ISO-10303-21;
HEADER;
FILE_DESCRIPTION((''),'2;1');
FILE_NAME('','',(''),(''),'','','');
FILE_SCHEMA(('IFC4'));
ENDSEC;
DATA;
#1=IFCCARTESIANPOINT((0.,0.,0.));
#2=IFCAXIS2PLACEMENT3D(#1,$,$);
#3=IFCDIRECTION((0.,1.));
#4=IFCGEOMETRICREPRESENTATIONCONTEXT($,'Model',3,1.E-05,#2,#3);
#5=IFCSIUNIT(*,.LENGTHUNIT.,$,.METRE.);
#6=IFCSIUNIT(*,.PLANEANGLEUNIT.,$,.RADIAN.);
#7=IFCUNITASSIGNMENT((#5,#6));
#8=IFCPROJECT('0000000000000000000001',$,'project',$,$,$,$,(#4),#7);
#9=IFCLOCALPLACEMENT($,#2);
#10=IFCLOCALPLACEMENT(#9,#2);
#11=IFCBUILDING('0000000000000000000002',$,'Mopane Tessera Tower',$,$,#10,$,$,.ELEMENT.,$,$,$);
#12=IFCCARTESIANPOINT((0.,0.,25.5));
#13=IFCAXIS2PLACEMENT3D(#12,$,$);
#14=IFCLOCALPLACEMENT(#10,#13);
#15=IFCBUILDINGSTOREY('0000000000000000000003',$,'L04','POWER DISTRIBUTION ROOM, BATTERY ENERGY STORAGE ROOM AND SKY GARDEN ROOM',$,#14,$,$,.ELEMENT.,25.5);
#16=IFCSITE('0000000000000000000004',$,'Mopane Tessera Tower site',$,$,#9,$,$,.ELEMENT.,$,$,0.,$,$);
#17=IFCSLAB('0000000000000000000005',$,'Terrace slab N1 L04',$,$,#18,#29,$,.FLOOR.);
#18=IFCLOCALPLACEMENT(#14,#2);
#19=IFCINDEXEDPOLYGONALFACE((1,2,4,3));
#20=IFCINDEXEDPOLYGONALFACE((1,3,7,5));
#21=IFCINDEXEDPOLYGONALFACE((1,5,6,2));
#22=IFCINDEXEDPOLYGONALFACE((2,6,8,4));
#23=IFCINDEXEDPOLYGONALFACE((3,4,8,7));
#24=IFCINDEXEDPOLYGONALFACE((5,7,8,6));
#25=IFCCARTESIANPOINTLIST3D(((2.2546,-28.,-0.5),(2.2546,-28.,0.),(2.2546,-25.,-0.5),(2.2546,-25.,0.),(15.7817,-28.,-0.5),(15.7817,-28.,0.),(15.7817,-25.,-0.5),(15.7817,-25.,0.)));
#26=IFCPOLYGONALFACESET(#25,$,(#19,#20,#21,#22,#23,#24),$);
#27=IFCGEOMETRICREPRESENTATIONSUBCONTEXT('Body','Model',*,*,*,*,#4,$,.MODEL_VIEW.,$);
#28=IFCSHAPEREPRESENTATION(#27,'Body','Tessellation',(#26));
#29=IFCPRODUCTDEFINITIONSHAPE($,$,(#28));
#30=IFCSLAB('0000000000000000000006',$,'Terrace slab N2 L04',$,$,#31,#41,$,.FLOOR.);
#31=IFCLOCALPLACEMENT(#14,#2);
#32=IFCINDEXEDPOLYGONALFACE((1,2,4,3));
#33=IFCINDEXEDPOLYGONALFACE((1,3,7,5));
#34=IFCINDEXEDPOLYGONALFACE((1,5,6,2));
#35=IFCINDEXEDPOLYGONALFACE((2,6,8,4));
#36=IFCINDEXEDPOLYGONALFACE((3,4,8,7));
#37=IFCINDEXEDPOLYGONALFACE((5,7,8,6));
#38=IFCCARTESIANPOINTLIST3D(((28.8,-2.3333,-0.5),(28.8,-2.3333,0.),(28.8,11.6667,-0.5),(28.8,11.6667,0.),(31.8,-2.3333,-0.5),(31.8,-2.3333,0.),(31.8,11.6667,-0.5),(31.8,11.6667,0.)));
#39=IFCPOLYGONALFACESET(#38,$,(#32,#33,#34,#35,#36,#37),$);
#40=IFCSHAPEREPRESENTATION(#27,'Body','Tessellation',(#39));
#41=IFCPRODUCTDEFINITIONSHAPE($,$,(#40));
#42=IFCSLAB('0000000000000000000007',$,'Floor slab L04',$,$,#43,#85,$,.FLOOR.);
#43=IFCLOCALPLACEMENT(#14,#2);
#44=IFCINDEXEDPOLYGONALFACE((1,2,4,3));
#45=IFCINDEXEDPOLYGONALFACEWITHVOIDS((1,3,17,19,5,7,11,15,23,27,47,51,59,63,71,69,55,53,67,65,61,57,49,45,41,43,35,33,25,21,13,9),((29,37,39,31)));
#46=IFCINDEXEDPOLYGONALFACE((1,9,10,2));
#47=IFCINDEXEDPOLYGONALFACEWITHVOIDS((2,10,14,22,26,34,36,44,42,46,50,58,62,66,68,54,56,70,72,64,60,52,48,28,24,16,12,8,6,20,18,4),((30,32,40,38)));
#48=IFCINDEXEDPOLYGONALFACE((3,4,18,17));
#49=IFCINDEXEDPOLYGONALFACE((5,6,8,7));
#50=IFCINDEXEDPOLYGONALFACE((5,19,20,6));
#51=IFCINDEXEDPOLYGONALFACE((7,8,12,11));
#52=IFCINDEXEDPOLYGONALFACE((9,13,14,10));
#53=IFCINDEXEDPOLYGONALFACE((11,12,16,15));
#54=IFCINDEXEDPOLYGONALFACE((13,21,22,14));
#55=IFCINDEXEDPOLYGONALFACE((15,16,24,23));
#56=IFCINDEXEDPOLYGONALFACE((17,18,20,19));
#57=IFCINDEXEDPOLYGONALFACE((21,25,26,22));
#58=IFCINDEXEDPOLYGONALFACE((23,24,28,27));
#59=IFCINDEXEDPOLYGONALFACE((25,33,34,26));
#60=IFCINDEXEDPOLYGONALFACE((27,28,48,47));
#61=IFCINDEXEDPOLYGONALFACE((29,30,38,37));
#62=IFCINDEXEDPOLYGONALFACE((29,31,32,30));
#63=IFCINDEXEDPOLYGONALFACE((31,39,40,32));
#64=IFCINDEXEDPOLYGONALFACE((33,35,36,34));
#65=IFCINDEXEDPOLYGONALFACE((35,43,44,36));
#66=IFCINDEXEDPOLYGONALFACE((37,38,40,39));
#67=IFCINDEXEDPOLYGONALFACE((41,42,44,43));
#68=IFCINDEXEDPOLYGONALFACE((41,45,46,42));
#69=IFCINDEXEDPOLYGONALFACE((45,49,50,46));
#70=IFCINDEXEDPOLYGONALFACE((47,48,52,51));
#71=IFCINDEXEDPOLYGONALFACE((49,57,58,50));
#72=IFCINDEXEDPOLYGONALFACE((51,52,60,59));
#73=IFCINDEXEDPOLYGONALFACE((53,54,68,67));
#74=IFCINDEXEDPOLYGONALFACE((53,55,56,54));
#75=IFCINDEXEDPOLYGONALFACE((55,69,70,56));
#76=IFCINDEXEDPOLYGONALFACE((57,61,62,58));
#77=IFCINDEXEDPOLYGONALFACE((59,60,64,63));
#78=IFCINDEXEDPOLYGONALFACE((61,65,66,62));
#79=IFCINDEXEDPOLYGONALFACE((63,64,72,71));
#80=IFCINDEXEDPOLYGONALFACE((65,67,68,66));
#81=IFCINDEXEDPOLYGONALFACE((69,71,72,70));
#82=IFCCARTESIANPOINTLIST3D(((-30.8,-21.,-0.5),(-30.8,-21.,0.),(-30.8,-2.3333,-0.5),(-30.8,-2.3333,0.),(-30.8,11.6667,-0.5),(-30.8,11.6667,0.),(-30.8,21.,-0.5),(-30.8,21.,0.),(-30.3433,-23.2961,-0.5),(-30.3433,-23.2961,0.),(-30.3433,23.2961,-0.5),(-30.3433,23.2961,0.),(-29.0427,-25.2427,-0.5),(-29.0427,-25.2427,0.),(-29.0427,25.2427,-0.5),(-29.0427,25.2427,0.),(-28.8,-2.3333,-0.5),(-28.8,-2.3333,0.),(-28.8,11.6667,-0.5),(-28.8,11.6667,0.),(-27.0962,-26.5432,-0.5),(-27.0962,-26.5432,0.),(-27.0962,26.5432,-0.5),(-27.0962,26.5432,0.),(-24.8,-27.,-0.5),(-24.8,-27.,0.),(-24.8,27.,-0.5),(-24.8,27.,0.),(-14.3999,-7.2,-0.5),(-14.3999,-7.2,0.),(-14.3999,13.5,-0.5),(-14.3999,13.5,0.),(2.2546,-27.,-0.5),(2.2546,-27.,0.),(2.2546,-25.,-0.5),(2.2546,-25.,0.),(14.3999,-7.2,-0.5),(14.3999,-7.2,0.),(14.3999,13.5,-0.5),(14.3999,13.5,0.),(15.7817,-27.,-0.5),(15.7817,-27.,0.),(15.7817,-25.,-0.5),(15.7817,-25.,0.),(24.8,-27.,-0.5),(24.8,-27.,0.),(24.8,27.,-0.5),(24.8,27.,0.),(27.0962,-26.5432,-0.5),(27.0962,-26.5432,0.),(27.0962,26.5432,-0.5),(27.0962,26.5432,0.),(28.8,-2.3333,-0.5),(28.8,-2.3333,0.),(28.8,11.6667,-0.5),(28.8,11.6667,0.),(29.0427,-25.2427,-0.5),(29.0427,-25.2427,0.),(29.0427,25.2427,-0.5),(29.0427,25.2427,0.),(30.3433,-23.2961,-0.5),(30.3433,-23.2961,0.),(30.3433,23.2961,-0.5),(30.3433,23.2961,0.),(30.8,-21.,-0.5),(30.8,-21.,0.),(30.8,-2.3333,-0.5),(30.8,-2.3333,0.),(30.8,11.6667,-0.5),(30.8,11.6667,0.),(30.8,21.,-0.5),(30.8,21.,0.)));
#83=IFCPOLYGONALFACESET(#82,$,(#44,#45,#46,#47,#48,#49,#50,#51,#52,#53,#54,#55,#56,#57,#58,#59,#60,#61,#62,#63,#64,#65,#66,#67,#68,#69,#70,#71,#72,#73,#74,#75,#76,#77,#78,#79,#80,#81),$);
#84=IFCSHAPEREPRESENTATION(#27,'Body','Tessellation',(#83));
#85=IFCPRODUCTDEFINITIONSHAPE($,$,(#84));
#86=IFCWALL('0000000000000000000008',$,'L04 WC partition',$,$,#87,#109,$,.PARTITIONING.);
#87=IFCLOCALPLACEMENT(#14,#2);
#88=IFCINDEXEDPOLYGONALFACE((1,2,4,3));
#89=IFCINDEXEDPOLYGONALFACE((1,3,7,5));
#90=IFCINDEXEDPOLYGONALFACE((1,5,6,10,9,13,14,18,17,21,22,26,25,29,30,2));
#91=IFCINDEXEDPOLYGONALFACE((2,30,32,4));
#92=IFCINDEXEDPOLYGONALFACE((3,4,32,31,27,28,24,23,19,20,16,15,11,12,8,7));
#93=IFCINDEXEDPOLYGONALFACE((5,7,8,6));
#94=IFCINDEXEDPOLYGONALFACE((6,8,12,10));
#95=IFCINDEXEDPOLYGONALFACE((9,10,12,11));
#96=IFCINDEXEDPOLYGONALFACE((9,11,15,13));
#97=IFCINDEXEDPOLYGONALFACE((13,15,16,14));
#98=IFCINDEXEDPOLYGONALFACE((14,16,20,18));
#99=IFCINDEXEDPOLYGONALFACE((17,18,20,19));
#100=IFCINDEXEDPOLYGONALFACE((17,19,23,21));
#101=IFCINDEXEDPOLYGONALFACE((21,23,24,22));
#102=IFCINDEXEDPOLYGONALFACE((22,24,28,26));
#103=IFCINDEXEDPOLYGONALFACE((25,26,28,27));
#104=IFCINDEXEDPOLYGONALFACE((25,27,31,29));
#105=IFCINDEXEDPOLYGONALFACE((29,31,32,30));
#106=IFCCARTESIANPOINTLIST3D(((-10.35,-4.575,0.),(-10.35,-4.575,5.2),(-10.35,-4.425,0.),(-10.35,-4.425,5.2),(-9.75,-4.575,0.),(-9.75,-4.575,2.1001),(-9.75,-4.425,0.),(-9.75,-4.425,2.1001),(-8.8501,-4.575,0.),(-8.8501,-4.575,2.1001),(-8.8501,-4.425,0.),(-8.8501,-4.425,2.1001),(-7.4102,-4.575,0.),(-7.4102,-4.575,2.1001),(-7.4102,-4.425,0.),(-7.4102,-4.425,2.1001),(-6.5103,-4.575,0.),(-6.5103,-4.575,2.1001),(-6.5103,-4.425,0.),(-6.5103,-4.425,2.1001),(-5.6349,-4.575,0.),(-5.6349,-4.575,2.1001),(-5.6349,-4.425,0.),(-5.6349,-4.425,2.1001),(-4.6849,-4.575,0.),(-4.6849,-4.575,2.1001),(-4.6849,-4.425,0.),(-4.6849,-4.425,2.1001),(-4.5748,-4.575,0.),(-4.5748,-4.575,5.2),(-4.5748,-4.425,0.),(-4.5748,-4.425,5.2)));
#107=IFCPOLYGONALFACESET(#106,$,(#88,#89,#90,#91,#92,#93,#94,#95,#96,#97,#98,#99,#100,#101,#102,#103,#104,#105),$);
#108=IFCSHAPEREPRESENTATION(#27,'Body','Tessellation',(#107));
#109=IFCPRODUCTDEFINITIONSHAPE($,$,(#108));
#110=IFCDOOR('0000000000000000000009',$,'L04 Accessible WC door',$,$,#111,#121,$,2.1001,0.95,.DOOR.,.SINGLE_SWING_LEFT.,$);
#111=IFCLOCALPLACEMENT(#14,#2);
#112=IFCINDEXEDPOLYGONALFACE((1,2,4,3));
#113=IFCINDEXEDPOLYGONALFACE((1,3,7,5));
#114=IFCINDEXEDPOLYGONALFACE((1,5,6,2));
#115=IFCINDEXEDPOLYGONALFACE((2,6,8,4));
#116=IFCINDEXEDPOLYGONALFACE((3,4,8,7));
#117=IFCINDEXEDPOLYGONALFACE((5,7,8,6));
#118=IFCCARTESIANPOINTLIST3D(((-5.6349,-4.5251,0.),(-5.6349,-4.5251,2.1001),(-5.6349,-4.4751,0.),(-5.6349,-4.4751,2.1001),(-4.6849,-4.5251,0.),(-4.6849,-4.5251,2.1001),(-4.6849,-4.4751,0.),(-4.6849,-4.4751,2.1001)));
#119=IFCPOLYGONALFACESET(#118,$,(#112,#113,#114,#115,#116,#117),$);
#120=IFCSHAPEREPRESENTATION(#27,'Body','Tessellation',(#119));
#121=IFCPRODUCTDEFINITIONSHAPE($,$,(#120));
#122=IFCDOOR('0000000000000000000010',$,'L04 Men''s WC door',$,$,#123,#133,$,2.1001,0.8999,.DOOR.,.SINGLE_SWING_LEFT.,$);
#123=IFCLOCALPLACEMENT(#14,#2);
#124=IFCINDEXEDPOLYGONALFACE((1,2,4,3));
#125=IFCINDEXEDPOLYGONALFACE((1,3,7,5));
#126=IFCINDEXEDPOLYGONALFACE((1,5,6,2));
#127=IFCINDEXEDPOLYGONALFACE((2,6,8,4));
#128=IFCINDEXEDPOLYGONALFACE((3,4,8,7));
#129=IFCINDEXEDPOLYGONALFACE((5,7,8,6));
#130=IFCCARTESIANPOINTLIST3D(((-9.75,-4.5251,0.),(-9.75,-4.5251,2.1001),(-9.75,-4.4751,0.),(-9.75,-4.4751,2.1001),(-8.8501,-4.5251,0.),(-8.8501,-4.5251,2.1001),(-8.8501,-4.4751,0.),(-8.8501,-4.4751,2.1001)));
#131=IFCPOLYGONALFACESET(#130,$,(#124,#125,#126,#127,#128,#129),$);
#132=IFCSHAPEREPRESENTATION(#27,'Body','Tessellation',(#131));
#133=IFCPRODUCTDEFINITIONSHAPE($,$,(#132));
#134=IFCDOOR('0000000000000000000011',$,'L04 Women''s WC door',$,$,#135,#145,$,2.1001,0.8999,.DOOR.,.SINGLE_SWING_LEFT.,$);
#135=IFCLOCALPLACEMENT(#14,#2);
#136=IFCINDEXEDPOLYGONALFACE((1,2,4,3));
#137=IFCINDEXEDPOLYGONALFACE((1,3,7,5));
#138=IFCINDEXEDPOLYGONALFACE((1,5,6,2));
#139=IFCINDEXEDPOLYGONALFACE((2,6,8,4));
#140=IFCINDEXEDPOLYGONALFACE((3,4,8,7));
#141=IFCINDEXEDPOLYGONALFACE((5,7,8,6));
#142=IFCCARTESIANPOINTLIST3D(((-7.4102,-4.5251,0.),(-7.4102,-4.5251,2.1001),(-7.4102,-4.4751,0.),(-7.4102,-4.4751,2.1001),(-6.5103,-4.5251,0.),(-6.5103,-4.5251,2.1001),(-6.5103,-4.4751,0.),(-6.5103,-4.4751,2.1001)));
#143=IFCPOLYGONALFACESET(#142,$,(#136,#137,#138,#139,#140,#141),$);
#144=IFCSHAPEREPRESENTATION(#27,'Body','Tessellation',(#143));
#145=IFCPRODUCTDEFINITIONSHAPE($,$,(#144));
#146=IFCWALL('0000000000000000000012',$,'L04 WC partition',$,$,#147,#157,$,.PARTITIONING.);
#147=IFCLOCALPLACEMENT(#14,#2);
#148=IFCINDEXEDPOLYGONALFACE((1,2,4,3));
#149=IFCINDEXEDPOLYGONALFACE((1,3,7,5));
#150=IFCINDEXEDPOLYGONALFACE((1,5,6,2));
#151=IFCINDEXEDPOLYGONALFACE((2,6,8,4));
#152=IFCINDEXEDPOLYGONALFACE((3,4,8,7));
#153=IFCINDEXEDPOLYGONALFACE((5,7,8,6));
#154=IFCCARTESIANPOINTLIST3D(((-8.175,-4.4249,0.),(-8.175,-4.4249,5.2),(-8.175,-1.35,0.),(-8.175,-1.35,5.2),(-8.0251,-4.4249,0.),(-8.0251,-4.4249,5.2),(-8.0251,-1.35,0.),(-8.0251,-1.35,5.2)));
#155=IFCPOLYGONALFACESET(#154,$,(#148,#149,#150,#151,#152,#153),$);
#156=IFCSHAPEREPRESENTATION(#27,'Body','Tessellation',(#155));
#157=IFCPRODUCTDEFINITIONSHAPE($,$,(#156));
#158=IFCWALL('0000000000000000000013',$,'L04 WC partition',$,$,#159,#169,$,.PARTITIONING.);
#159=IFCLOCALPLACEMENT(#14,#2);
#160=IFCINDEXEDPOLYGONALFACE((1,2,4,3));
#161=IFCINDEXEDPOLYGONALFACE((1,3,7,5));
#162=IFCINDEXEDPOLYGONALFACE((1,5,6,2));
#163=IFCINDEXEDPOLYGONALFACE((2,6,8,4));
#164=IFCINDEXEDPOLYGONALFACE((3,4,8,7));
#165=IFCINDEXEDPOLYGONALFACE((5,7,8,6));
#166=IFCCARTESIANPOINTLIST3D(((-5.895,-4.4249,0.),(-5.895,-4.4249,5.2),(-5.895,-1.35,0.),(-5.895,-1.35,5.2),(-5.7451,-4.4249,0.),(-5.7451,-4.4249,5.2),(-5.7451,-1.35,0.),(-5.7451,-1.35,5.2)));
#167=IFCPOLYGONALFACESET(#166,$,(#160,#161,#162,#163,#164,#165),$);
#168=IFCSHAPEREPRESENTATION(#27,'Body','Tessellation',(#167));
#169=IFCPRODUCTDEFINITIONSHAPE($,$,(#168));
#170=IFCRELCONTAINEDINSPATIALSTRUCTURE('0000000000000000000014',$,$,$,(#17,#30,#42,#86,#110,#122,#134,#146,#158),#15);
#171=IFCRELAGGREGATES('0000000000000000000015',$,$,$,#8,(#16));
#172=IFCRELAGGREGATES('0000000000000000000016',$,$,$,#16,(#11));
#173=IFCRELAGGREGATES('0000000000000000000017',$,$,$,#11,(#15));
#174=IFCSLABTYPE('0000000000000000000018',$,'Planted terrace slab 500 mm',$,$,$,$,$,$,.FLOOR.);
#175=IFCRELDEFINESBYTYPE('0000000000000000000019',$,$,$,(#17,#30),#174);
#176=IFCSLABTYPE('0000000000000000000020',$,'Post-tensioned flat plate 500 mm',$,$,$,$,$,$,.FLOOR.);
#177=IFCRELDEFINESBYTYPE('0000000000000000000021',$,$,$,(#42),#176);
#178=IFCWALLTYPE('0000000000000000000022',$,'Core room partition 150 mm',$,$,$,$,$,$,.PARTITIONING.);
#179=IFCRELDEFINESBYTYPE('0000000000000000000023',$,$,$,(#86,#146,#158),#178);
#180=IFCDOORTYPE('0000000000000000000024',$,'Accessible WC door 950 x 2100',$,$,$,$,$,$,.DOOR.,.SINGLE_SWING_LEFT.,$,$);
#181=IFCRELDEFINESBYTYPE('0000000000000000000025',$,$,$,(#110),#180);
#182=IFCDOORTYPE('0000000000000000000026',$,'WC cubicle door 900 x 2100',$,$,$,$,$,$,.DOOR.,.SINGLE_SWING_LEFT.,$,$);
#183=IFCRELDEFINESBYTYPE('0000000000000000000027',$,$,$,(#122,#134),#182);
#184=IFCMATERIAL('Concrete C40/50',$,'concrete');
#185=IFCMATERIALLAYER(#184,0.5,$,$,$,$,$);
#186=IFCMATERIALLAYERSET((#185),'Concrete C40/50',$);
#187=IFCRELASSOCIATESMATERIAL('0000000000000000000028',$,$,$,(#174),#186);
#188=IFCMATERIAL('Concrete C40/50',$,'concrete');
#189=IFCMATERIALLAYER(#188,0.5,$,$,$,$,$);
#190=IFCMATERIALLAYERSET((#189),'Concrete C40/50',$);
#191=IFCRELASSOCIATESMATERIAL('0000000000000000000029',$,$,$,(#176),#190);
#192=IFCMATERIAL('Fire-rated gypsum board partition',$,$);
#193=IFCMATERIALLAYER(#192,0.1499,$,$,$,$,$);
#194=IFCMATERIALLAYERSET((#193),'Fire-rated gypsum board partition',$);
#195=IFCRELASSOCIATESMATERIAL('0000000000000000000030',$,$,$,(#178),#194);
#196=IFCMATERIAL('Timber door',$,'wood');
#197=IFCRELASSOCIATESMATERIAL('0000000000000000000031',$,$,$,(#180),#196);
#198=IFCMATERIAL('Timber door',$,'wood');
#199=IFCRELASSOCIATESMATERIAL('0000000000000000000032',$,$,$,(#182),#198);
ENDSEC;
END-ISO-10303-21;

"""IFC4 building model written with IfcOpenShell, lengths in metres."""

from ifc_helpers import new_model, si_unit, direction, frame, frame_2d, origin, place, context, subcontext, project, spatial, polyline, rectangle, outline, extrude, material, layer, layer_set, type_object, element, fill, save


model = new_model("IFC4")

# Units and contexts
model_context = context("Model", 3, precision=1e-05, world=origin(), true_north=direction((0.0, 1.0)))
body_context = subcontext(model_context, "Body", "Model", "MODEL_VIEW")
ifc_project = project(units=[si_unit("LENGTHUNIT", "METRE"), si_unit("PLANEANGLEUNIT", "RADIAN")], contexts=[model_context])

# Site, building, storey
site_placement = place(None, origin())
site = spatial("IfcSite", under=ifc_project, at=site_placement, Name="Mopane Tessera Tower site", CompositionType="ELEMENT", RefElevation=0.0)
building_placement = place(site_placement, origin())
building = spatial("IfcBuilding", under=site, at=building_placement, Name="Mopane Tessera Tower", CompositionType="ELEMENT")
storey_placement = place(building_placement, frame((0.0, 0.0, 25.5)))
storey = spatial("IfcBuildingStorey", under=building, at=storey_placement, Name="L04", Description="POWER DISTRIBUTION ROOM, BATTERY ENERGY STORAGE ROOM AND SKY GARDEN ROOM", CompositionType="ELEMENT", Elevation=25.5)

# Slabs
ifc_material_1 = material(Name="Concrete C40/50", Category="concrete")
ifc_layer_1 = layer(ifc_material_1, 0.5)
ifc_layer_set_1 = layer_set([ifc_layer_1], Name="Concrete C40/50")
slab_type_1 = type_object("IfcSlabType", Name="Planted terrace slab 500 mm", PredefinedType="FLOOR", material=ifc_layer_set_1)
slab_1_placement = place(storey_placement, frame((0.0, 0.0, -0.5)))
element("IfcSlab", 1, at=slab_1_placement, inside=storey, type_object=slab_type_1, Name="Terrace slab N1 L04", PredefinedType="FLOOR", context=body_context, shape_type="SweptSolid", body=[
    extrude(outline(polyline([(15.7817, -28.0), (15.7817, -25.0), (2.2546, -25.0), (2.2546, -28.0), (15.7817, -28.0)])), origin(), (0.0, 0.0, 1.0), 0.5),
])
slab_2_placement = place(storey_placement, frame((0.0, 0.0, -0.5)))
element("IfcSlab", 2, at=slab_2_placement, inside=storey, type_object=slab_type_1, Name="Terrace slab N2 L04", PredefinedType="FLOOR", context=body_context, shape_type="SweptSolid", body=[
    extrude(outline(polyline([(31.8, 11.6667), (28.8, 11.6667), (28.8, -2.3333), (31.8, -2.3333), (31.8, 11.6667)])), origin(), (0.0, 0.0, 1.0), 0.5),
])
ifc_material_2 = material(Name="Concrete C40/50", Category="concrete")
ifc_layer_2 = layer(ifc_material_2, 0.5)
ifc_layer_set_2 = layer_set([ifc_layer_2], Name="Concrete C40/50")
slab_type_2 = type_object("IfcSlabType", Name="Post-tensioned flat plate 500 mm", PredefinedType="FLOOR", material=ifc_layer_set_2)
slab_3_placement = place(storey_placement, frame((0.0, 0.0, -0.5)))
element("IfcSlab", 3, at=slab_3_placement, inside=storey, type_object=slab_type_2, Name="Floor slab L04", PredefinedType="FLOOR", context=body_context, shape_type="SweptSolid", body=[
    extrude(outline(polyline([(-24.8, -27.0), (2.2546, -27.0), (2.2546, -25.0), (15.7817, -25.0), (15.7817, -27.0), (24.8, -27.0), (27.0962, -26.5432), (29.0427, -25.2427), (30.3433, -23.2961), (30.8, -21.0), (30.8, -2.3333), (28.8, -2.3333), (28.8, 11.6667), (30.8, 11.6667), (30.8, 21.0), (30.3433, 23.2961), (29.0427, 25.2427), (27.0962, 26.5432), (24.8, 27.0), (-24.8, 27.0), (-27.0962, 26.5432), (-29.0427, 25.2427), (-30.3433, 23.2961), (-30.8, 21.0), (-30.8, 11.6667), (-28.8, 11.6667), (-28.8, -2.3333), (-30.8, -2.3333), (-30.8, -21.0), (-30.3433, -23.2961), (-29.0427, -25.2427), (-27.0962, -26.5432), (-24.8, -27.0)]), holes=[polyline([(14.3999, -7.2), (-14.3999, -7.2), (-14.3999, 13.5), (14.3999, 13.5), (14.3999, -7.2)])]), origin(), (0.0, 0.0, 1.0), 0.5),
])

# Wall, openings, doors
ifc_material_3 = material(Name="Fire-rated gypsum board partition")
ifc_layer_3 = layer(ifc_material_3, 0.1499)
ifc_layer_set_3 = layer_set([ifc_layer_3], Name="Fire-rated gypsum board partition")
wall_type_1 = type_object("IfcWallType", Name="Core room partition 150 mm", PredefinedType="PARTITIONING", material=ifc_layer_set_3)
wall_1_placement = place(storey_placement, frame((-10.3501, -4.5, 0.0), z_axis=(0.0, 0.0, 1.0), x_axis=(1.0, 0.0, 0.0)))
wall_1 = element("IfcWall", 4, at=wall_1_placement, inside=storey, type_object=wall_type_1, Name="L04 WC partition", PredefinedType="PARTITIONING", context=body_context, shape_type="SweptSolid", body=[
    extrude(rectangle(XDim=5.7751, YDim=0.1499, at=frame_2d((2.8877, 0.0))), origin(), (0.0, 0.0, 1.0), 5.2),
])
opening_1_placement = place(wall_1_placement, frame((0.6001, 0.0, 0.0)))
opening_1 = element("IfcOpeningElement", 5, at=opening_1_placement, cuts=wall_1, PredefinedType="OPENING", context=body_context, shape_type="SweptSolid", body=[
    extrude(rectangle(XDim=0.8999, YDim=2.1001, at=frame_2d((0.45, 1.05))), frame((0.0, 0.0869, 0.0), z_axis=(0.0, -1.0, 0.0), x_axis=(1.0, 0.0, 0.0)), (0.0, 0.0, 1.0), 0.1738),
])
opening_2_placement = place(wall_1_placement, frame((2.9399, 0.0, 0.0)))
opening_2 = element("IfcOpeningElement", 6, at=opening_2_placement, cuts=wall_1, PredefinedType="OPENING", context=body_context, shape_type="SweptSolid", body=[
    extrude(rectangle(XDim=0.8999, YDim=2.1001, at=frame_2d((0.45, 1.05))), frame((0.0, 0.0869, 0.0), z_axis=(0.0, -1.0, 0.0), x_axis=(1.0, 0.0, 0.0)), (0.0, 0.0, 1.0), 0.1738),
])
opening_3_placement = place(wall_1_placement, frame((4.7151, 0.0, 0.0)))
opening_3 = element("IfcOpeningElement", 7, at=opening_3_placement, cuts=wall_1, PredefinedType="OPENING", context=body_context, shape_type="SweptSolid", body=[
    extrude(rectangle(XDim=0.95, YDim=2.1001, at=frame_2d((0.4751, 1.05))), frame((0.0, 0.0869, 0.0), z_axis=(0.0, -1.0, 0.0), x_axis=(1.0, 0.0, 0.0)), (0.0, 0.0, 1.0), 0.1738),
])
ifc_material_4 = material(Name="Timber door", Category="wood")
door_type_1 = type_object("IfcDoorType", Name="Accessible WC door 950 x 2100", OperationType="SINGLE_SWING_LEFT", PredefinedType="DOOR", material=ifc_material_4)
door_1_placement = place(opening_3_placement, origin())
door_1 = element("IfcDoor", 8, at=door_1_placement, inside=storey, type_object=door_type_1, Name="L04 Accessible WC door", OperationType="SINGLE_SWING_LEFT", OverallHeight=2.1001, OverallWidth=0.95, PredefinedType="DOOR", context=body_context, shape_type="SweptSolid", body=[
    extrude(rectangle(XDim=0.95, YDim=2.1001, at=frame_2d((0.4751, 1.05))), frame((0.0, 0.0249, 0.0), z_axis=(0.0, -1.0, 0.0), x_axis=(1.0, 0.0, 0.0)), (0.0, 0.0, 1.0), 0.05),
])
fill(opening_3, door_1)
ifc_material_5 = material(Name="Timber door", Category="wood")
door_type_2 = type_object("IfcDoorType", Name="WC cubicle door 900 x 2100", OperationType="SINGLE_SWING_LEFT", PredefinedType="DOOR", material=ifc_material_5)
door_2_placement = place(opening_1_placement, origin())
door_2 = element("IfcDoor", 9, at=door_2_placement, inside=storey, type_object=door_type_2, Name="L04 Men's WC door", OperationType="SINGLE_SWING_LEFT", OverallHeight=2.1001, OverallWidth=0.8999, PredefinedType="DOOR", context=body_context, shape_type="SweptSolid", body=[
    extrude(rectangle(XDim=0.8999, YDim=2.1001, at=frame_2d((0.45, 1.05))), frame((0.0, 0.0249, 0.0), z_axis=(0.0, -1.0, 0.0), x_axis=(1.0, 0.0, 0.0)), (0.0, 0.0, 1.0), 0.05),
])
fill(opening_1, door_2)
door_3_placement = place(opening_2_placement, origin())
door_3 = element("IfcDoor", 10, at=door_3_placement, inside=storey, type_object=door_type_2, Name="L04 Women's WC door", OperationType="SINGLE_SWING_LEFT", OverallHeight=2.1001, OverallWidth=0.8999, PredefinedType="DOOR", context=body_context, shape_type="SweptSolid", body=[
    extrude(rectangle(XDim=0.8999, YDim=2.1001, at=frame_2d((0.45, 1.05))), frame((0.0, 0.0249, 0.0), z_axis=(0.0, -1.0, 0.0), x_axis=(1.0, 0.0, 0.0)), (0.0, 0.0, 1.0), 0.05),
])
fill(opening_2, door_3)

# Walls
for number, where, z_axis, x_axis, name in (
    (11, (-8.1001, -4.425, 0.0), (0.0, 0.0, 1.0), (0.0, 1.0, 0.0), "L04 WC partition"),
    (12, (-5.8201, -4.425, 0.0), (0.0, 0.0, 1.0), (0.0, 1.0, 0.0), "L04 WC partition"),
):
    element("IfcWall", number, at=place(storey_placement, frame(where, z_axis=z_axis, x_axis=x_axis)), inside=storey, type_object=wall_type_1, Name=name, PredefinedType="PARTITIONING", context=body_context, shape_type="SweptSolid", body=[
        extrude(rectangle(XDim=3.075, YDim=0.1499, at=frame_2d((1.5376, 0.0))), origin(), (0.0, 0.0, 1.0), 5.2),
    ])

save(model, "model.ifc")
